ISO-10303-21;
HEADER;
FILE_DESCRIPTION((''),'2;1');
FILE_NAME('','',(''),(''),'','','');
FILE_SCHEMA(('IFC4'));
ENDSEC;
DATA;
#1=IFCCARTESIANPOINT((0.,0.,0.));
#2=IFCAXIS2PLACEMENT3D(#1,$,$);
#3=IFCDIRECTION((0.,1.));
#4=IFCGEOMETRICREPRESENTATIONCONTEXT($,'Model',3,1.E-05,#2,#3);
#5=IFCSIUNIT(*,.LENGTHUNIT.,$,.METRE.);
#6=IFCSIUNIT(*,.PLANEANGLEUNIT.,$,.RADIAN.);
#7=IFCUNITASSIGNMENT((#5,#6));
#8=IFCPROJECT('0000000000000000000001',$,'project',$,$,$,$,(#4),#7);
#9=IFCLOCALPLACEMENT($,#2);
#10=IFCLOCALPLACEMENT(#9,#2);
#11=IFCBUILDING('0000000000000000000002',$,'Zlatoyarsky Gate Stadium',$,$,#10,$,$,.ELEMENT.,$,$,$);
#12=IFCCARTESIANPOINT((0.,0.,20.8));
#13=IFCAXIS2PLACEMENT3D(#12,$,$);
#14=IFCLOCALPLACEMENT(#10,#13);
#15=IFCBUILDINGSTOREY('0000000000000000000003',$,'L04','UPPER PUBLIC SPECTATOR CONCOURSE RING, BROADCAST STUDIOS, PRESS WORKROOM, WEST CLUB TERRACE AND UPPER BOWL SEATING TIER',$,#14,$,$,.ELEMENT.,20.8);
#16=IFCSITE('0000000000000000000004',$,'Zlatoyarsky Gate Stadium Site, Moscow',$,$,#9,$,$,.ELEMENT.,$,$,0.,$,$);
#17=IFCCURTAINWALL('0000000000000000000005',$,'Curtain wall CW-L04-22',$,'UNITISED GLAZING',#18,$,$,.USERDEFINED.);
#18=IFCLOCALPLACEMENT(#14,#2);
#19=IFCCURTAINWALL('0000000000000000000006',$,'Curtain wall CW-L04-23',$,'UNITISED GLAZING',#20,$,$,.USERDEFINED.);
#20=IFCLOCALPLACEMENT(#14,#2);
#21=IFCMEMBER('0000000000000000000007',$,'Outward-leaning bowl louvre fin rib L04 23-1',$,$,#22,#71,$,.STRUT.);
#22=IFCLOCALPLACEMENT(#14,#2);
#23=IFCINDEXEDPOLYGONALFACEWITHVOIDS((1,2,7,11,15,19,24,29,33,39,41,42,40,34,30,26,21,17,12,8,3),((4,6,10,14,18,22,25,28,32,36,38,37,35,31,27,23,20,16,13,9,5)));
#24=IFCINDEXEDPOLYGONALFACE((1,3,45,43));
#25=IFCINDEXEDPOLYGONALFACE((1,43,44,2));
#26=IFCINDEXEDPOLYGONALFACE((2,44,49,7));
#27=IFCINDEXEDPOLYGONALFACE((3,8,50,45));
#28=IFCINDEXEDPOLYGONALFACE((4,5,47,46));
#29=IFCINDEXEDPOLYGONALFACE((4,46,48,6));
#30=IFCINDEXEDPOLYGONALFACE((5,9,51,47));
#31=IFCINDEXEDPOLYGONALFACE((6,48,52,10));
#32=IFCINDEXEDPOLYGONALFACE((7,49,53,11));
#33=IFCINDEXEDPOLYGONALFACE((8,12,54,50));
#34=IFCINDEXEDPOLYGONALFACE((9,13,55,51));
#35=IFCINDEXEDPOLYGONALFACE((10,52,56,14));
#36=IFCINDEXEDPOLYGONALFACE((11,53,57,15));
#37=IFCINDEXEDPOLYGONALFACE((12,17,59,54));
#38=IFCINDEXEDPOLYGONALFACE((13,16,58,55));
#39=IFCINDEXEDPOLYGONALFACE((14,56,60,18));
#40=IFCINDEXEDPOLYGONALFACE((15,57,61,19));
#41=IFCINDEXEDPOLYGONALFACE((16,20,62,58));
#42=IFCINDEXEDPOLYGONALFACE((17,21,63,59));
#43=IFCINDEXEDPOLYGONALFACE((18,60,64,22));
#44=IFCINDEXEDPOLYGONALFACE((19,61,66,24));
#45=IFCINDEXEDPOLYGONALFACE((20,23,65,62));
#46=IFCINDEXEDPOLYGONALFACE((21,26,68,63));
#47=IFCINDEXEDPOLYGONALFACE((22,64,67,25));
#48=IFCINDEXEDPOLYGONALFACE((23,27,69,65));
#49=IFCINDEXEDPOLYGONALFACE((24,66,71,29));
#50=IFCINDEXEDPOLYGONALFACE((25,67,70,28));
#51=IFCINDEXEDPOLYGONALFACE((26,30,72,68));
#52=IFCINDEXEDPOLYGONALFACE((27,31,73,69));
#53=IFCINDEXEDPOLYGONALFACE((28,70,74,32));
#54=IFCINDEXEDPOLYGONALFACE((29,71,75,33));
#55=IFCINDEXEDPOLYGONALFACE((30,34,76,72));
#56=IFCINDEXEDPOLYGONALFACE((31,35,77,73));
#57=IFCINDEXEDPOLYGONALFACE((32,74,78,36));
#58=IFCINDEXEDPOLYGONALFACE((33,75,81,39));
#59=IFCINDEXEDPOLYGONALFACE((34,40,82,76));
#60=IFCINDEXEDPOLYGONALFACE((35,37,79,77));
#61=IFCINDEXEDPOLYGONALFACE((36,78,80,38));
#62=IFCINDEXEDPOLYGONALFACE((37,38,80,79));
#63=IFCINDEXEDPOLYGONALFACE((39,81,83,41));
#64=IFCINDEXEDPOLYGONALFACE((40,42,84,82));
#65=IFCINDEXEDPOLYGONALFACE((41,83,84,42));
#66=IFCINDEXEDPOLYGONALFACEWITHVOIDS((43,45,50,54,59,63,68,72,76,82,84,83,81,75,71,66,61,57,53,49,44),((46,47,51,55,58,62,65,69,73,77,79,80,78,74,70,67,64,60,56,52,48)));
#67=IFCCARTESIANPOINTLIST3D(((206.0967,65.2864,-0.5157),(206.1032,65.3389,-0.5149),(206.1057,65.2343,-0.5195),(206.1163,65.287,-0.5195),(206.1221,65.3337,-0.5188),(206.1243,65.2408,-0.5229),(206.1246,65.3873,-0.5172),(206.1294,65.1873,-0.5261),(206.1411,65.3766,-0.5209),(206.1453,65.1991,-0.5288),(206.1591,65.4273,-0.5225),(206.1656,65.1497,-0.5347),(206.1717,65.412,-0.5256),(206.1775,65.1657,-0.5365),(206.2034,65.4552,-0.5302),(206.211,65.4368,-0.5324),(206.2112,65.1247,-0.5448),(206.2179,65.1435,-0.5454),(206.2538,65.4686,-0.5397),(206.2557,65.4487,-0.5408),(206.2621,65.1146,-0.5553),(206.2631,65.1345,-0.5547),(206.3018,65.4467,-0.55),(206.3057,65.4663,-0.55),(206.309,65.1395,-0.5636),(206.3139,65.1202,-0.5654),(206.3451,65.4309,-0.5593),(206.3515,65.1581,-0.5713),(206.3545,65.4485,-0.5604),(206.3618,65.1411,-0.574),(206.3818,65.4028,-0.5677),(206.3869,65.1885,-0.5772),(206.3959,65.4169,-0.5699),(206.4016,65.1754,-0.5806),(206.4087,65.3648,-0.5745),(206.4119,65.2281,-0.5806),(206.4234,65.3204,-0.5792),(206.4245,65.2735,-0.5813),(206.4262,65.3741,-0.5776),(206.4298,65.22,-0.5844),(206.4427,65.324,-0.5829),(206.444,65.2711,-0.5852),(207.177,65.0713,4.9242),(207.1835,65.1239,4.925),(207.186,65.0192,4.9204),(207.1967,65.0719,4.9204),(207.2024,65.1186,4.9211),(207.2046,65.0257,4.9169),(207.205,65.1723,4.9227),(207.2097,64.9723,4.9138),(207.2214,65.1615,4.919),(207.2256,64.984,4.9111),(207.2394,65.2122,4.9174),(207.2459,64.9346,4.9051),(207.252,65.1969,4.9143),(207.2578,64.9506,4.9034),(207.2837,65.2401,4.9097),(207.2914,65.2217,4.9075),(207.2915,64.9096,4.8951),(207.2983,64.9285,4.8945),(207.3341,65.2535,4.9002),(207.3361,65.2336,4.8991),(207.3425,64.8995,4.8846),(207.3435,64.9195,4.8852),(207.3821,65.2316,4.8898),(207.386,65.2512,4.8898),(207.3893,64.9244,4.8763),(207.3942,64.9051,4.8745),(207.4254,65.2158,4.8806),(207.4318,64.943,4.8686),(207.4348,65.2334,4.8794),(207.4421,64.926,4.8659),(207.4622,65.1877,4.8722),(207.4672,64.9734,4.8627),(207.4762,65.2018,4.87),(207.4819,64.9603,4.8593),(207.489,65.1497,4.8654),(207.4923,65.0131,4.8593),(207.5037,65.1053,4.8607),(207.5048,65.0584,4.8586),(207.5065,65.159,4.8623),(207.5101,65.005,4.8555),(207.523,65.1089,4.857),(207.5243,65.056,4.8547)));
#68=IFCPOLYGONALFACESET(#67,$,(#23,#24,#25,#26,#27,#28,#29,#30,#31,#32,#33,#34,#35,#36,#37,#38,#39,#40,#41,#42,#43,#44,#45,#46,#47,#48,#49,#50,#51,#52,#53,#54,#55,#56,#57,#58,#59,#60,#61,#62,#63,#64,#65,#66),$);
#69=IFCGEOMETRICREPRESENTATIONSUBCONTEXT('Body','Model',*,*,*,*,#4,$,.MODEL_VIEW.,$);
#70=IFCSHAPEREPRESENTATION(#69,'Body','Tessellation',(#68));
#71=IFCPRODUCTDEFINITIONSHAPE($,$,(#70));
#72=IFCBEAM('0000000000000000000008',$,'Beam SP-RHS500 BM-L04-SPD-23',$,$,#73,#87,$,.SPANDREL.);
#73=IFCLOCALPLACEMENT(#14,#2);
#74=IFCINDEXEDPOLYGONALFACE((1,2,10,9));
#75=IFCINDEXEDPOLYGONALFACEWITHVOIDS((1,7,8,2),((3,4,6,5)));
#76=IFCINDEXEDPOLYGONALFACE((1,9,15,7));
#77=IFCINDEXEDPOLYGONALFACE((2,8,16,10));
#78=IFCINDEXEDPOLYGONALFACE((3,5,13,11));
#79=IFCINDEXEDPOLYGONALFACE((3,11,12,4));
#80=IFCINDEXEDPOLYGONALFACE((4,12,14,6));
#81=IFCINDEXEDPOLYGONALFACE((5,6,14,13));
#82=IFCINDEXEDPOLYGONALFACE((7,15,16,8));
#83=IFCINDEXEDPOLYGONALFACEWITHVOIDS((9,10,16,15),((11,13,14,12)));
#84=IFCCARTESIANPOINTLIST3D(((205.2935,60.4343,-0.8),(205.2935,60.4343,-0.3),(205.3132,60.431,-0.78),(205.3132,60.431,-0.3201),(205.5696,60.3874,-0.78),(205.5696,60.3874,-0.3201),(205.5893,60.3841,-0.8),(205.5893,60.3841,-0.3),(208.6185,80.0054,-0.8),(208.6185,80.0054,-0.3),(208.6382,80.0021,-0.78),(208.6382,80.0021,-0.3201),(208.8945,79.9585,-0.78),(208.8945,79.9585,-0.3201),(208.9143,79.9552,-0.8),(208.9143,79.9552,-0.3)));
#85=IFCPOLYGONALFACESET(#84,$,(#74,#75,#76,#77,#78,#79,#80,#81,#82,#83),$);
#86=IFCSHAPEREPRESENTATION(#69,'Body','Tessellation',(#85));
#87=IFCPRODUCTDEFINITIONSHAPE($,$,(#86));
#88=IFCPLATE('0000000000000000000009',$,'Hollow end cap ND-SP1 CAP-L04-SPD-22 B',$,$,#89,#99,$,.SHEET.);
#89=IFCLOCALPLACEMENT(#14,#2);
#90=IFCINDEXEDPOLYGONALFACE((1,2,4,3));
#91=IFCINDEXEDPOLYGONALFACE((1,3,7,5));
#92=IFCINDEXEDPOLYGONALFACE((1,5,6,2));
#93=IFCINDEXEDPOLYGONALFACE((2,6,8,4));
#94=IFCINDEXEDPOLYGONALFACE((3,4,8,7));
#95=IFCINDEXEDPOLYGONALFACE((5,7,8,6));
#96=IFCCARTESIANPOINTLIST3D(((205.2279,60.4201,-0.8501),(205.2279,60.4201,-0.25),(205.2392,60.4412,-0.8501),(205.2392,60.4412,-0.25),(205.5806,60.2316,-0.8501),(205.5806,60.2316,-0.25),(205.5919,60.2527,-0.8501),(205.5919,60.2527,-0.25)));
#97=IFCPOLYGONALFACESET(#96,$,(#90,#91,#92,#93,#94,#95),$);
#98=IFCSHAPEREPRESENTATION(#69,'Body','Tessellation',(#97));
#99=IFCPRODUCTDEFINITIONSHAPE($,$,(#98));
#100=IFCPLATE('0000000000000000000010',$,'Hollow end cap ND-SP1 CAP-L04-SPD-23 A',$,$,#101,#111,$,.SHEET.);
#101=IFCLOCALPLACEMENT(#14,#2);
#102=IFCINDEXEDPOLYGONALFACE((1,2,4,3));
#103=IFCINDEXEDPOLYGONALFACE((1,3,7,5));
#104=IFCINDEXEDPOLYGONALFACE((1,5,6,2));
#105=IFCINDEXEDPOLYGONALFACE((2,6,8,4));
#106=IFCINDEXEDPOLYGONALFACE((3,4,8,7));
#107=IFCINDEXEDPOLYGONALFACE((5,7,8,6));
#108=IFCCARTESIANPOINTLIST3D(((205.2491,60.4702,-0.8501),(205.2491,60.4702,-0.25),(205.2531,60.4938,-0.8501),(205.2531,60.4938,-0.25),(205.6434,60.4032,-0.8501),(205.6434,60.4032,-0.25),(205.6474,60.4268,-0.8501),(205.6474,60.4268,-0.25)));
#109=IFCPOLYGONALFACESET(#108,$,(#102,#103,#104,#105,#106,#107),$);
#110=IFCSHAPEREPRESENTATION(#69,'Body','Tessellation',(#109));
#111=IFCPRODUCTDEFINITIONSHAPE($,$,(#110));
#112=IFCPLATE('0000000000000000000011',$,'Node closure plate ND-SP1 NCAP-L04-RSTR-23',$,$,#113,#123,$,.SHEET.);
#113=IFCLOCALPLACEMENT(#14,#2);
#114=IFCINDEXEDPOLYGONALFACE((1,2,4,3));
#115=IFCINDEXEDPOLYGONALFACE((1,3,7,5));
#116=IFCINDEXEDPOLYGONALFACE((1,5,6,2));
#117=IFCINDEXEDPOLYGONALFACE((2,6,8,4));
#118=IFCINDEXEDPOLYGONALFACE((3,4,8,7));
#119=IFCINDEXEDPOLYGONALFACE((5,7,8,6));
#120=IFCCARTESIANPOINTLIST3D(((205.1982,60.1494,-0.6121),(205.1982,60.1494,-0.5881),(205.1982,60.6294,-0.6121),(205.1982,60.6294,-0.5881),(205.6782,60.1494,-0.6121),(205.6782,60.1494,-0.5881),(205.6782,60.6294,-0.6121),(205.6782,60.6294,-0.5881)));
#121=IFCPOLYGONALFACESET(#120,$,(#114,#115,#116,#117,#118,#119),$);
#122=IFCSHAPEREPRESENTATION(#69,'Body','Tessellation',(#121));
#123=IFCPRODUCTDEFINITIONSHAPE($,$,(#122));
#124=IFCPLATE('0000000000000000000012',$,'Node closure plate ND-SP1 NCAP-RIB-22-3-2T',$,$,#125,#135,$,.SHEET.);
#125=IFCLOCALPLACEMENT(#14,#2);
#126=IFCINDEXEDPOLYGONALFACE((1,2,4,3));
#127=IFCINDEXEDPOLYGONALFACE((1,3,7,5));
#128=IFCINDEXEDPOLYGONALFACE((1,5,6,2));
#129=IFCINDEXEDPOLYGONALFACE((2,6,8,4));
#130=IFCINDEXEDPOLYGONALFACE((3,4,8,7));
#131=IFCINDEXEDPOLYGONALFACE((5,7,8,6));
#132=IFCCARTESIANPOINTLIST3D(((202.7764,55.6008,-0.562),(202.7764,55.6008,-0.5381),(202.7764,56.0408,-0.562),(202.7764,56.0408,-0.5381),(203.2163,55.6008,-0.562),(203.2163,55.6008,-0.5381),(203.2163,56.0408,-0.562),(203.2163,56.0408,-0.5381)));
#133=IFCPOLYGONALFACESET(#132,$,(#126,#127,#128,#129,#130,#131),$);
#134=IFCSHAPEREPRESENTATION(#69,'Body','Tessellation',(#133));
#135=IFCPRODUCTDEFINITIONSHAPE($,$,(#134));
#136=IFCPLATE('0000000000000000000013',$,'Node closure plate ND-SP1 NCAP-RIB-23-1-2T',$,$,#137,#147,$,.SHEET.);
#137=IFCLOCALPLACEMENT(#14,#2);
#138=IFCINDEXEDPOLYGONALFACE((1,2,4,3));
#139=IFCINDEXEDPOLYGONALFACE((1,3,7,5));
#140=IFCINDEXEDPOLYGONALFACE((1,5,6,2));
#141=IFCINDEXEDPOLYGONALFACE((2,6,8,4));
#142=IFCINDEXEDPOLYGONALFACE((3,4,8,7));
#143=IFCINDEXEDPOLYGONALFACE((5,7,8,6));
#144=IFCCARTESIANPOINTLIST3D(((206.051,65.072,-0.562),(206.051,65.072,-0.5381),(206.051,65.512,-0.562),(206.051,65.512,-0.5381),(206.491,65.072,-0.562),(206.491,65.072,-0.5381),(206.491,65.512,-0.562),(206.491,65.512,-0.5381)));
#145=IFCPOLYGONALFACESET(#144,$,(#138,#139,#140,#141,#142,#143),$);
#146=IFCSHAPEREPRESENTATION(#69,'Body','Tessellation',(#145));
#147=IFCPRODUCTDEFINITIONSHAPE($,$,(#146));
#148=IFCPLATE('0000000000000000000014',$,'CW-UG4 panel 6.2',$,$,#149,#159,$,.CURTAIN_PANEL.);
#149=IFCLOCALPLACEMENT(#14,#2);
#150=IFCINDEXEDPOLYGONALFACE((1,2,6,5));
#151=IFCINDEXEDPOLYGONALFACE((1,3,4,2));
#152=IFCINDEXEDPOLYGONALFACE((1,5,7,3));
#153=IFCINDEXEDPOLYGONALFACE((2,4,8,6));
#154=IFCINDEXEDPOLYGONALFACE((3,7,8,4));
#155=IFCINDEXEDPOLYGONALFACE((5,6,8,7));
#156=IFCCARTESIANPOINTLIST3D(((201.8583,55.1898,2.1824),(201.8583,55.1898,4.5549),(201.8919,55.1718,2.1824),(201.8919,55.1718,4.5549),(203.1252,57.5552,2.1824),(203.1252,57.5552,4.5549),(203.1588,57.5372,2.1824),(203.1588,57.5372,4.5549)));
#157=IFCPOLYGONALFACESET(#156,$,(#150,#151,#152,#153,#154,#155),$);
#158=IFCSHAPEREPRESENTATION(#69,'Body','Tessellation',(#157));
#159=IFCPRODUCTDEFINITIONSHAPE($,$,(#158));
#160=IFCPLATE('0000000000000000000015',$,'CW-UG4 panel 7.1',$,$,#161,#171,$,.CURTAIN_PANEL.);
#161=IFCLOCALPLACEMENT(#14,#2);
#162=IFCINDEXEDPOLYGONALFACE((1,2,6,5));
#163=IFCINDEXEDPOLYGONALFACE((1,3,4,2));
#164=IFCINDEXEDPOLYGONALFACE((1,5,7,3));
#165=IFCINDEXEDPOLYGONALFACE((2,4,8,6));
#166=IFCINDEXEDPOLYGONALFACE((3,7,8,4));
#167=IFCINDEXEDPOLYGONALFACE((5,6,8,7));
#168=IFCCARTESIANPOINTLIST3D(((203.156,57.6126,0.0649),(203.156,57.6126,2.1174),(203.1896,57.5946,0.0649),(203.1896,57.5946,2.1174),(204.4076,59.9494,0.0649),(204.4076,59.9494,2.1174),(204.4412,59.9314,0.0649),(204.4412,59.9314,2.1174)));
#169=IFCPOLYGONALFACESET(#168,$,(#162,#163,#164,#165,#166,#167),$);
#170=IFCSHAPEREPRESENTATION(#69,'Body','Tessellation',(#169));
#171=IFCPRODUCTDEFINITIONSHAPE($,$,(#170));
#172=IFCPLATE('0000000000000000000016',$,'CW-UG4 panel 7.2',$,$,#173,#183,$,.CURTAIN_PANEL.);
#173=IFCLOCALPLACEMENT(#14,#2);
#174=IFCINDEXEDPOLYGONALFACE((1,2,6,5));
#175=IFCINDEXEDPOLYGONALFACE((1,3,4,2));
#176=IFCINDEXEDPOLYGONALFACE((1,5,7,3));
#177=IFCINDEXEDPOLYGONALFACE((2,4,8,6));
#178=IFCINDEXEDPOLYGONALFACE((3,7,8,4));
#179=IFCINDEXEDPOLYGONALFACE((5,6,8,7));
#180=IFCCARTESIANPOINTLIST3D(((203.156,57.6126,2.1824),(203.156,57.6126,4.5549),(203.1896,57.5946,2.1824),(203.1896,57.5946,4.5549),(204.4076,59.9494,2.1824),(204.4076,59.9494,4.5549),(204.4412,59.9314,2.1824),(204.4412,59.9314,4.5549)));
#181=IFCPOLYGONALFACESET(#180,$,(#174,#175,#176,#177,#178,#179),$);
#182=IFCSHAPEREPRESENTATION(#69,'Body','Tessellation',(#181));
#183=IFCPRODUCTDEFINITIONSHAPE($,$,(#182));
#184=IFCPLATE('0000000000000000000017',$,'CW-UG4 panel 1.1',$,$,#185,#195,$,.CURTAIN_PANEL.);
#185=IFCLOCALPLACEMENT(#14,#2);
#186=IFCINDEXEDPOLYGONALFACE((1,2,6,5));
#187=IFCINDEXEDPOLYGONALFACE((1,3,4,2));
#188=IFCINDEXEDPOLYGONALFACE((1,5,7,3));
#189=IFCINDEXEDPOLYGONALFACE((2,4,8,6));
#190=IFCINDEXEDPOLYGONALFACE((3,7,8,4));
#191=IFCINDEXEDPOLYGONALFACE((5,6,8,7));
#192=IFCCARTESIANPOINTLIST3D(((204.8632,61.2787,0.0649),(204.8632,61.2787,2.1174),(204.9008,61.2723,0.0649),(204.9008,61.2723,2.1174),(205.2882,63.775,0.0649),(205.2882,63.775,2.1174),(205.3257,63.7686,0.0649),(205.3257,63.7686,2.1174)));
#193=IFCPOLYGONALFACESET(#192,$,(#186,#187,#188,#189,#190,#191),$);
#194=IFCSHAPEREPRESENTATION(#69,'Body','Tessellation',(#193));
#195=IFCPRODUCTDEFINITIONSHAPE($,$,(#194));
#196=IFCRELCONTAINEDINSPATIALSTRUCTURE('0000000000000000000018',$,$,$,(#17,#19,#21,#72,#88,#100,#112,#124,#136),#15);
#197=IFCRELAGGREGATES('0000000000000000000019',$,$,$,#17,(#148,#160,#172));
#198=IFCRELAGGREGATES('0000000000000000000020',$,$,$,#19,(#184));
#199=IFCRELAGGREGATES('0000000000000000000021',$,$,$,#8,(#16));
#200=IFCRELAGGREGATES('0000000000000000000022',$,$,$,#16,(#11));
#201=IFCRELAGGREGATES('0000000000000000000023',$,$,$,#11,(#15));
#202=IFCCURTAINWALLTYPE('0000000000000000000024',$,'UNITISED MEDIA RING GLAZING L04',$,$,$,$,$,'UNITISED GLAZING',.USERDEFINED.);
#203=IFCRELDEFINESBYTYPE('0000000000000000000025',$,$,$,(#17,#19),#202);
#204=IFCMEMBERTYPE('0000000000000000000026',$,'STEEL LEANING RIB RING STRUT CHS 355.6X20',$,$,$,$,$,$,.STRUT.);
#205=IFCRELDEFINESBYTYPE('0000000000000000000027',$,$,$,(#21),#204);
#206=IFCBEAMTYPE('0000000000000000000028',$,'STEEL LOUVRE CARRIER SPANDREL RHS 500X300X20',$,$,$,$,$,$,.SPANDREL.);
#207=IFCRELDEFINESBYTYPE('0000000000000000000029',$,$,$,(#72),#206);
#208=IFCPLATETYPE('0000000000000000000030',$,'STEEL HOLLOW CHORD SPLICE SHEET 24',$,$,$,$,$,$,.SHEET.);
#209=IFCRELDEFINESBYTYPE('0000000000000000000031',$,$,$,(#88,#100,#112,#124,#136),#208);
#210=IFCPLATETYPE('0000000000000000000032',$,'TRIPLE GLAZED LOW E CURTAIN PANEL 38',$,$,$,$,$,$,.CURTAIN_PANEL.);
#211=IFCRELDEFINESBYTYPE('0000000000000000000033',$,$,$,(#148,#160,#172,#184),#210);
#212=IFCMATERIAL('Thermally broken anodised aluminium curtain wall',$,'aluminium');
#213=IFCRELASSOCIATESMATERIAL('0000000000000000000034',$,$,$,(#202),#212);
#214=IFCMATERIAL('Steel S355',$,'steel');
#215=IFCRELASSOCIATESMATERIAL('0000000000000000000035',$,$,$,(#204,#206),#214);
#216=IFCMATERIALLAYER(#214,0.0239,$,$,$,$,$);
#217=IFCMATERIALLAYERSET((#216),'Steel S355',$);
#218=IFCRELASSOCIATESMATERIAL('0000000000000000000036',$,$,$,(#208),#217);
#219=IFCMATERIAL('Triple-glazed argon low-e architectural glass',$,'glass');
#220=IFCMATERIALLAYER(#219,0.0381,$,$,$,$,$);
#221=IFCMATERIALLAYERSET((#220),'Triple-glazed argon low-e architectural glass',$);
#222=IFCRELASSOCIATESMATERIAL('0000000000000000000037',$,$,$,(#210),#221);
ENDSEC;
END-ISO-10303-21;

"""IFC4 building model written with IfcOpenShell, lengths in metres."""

from ifc_helpers import new_model, si_unit, direction, frame, origin, origin_2d, place, context, subcontext, project, spatial, rectangle, hollow_rectangle, hollow_circle, extrude, material, layer, layer_set, material_profile, profile_set, type_object, element, aggregate, save


model = new_model("IFC4")

# Units and contexts
model_context = context("Model", 3, precision=1e-05, world=origin(), true_north=direction((0.0, 1.0)))
body_context = subcontext(model_context, "Body", "Model", "MODEL_VIEW")
ifc_project = project(units=[si_unit("LENGTHUNIT", "METRE"), si_unit("PLANEANGLEUNIT", "RADIAN")], contexts=[model_context])

# Site, building, storey
site_placement = place(None, origin())
site = spatial("IfcSite", under=ifc_project, at=site_placement, Name="Zlatoyarsky Gate Stadium Site, Moscow", CompositionType="ELEMENT", RefElevation=0.0)
building_placement = place(site_placement, origin())
building = spatial("IfcBuilding", under=site, at=building_placement, Name="Zlatoyarsky Gate Stadium", CompositionType="ELEMENT")
storey_placement = place(building_placement, frame((0.0, 0.0, 20.8)))
storey = spatial("IfcBuildingStorey", under=building, at=storey_placement, Name="L04", Description="UPPER PUBLIC SPECTATOR CONCOURSE RING, BROADCAST STUDIOS, PRESS WORKROOM, WEST CLUB TERRACE AND UPPER BOWL SEATING TIER", CompositionType="ELEMENT", Elevation=20.8)

# Curtain walls
ifc_material_1 = material(Name="Thermally broken anodised aluminium curtain wall", Category="aluminium")
curtain_wall_type = type_object("IfcCurtainWallType", Name="UNITISED MEDIA RING GLAZING L04", ElementType="UNITISED GLAZING", PredefinedType="USERDEFINED", material=ifc_material_1)
curtain_wall_1_placement = place(storey_placement, origin())
curtain_wall_1 = element("IfcCurtainWall", 1, at=curtain_wall_1_placement, inside=storey, type_object=curtain_wall_type, Name="Curtain wall CW-L04-22", ObjectType="UNITISED GLAZING", PredefinedType="USERDEFINED")
curtain_wall_2_placement = place(storey_placement, origin())
curtain_wall_2 = element("IfcCurtainWall", 2, at=curtain_wall_2_placement, inside=storey, type_object=curtain_wall_type, Name="Curtain wall CW-L04-23", ObjectType="UNITISED GLAZING", PredefinedType="USERDEFINED")

# Shared definitions
ifc_material_2 = material(Name="Steel S355", Category="steel")

# Member
ifc_material_profile_1 = material_profile(ifc_material_2, hollow_circle(Radius=0.1777, WallThickness=0.02, at=origin_2d()), Name="CHS 355.6X20")
ifc_profile_set_1 = profile_set([ifc_material_profile_1], Name="Steel S355")
member_type_1 = type_object("IfcMemberType", Name="STEEL LEANING RIB RING STRUT CHS 355.6X20", PredefinedType="STRUT", material=ifc_profile_set_1)
for number, where, z_axis, x_axis, name in (
    (3, (206.271, 65.292, -0.55), (0.194641, -0.038752, 0.980109), (0.195264, 0.980751, 0.0), "Outward-leaning bowl louvre fin rib L04 23-1"),
):
    element("IfcMember", number, at=place(storey_placement, frame(where, z_axis=z_axis, x_axis=x_axis)), inside=storey, type_object=member_type_1, Name=name, PredefinedType="STRUT", context=body_context, shape_type="SweptSolid", body=[
        extrude(hollow_circle(Radius=0.1777, WallThickness=0.02, at=origin_2d()), origin(), (0.0, 0.0, 1.0), 5.5503),
    ])

# Beam
ifc_material_profile_2 = material_profile(ifc_material_2, hollow_rectangle(XDim=0.3, YDim=0.5, WallThickness=0.02, at=origin_2d()), Name="RHS 500X300X20")
ifc_profile_set_2 = profile_set([ifc_material_profile_2], Name="Steel S355")
beam_type_1 = type_object("IfcBeamType", Name="STEEL LOUVRE CARRIER SPANDREL RHS 500X300X20", PredefinedType="SPANDREL", material=ifc_profile_set_2)
beam_1_placement = place(storey_placement, frame((205.4414, 60.4092, -0.55), z_axis=(0.167491, 0.985874, 0.0), x_axis=(-0.985874, 0.167491, 0.0)))
element("IfcBeam", 4, at=beam_1_placement, inside=storey, type_object=beam_type_1, Name="Beam SP-RHS500 BM-L04-SPD-23", PredefinedType="SPANDREL", context=body_context, shape_type="SweptSolid", body=[
    extrude(hollow_rectangle(XDim=0.3, YDim=0.5, WallThickness=0.02, at=origin_2d()), origin(), (0.0, 0.0, 1.0), 19.8516),
])

# Plates
ifc_layer_1 = layer(ifc_material_2, 0.0239)
ifc_layer_set_1 = layer_set([ifc_layer_1], Name="Steel S355")
plate_type_1 = type_object("IfcPlateType", Name="STEEL HOLLOW CHORD SPLICE SHEET 24", PredefinedType="SHEET", material=ifc_layer_set_1)
for number, where, z_axis, x_axis, name in (
    (5, (205.4099, 60.3364, -0.8501), (0.0, 0.0, 1.0), (0.471376, 0.881933, 0.0), "Hollow end cap ND-SP1 CAP-L04-SPD-22 B"),
    (6, (205.4482, 60.4485, -0.8501), (0.0, 0.0, 1.0), (0.167478, 0.985876, 0.0), "Hollow end cap ND-SP1 CAP-L04-SPD-23 A"),
):
    element("IfcPlate", number, at=place(storey_placement, frame(where, z_axis=z_axis, x_axis=x_axis)), inside=storey, type_object=plate_type_1, Name=name, PredefinedType="SHEET", context=body_context, shape_type="SweptSolid", body=[
        extrude(rectangle(XDim=0.0239, YDim=0.3999, at=origin_2d()), origin(), (0.0, 0.0, 1.0), 0.6001),
    ])
plate_1_placement = place(storey_placement, frame((205.4382, 60.3894, -0.6121), z_axis=(0.0, 0.0, 1.0), x_axis=(1.0, 0.0, 0.0)))
element("IfcPlate", 7, at=plate_1_placement, inside=storey, type_object=plate_type_1, Name="Node closure plate ND-SP1 NCAP-L04-RSTR-23", PredefinedType="SHEET", context=body_context, shape_type="SweptSolid", body=[
    extrude(rectangle(XDim=0.48, YDim=0.48, at=origin_2d()), origin(), (0.0, 0.0, 1.0), 0.0239),
])
for number, where, z_axis, x_axis, name in (
    (8, (202.9963, 55.8208, -0.562), (0.0, 0.0, 1.0), (1.0, 0.0, 0.0), "Node closure plate ND-SP1 NCAP-RIB-22-3-2T"),
    (9, (206.271, 65.292, -0.562), (0.0, 0.0, 1.0), (1.0, 0.0, 0.0), "Node closure plate ND-SP1 NCAP-RIB-23-1-2T"),
):
    element("IfcPlate", number, at=place(storey_placement, frame(where, z_axis=z_axis, x_axis=x_axis)), inside=storey, type_object=plate_type_1, Name=name, PredefinedType="SHEET", context=body_context, shape_type="SweptSolid", body=[
        extrude(rectangle(XDim=0.4399, YDim=0.4399, at=origin_2d()), origin(), (0.0, 0.0, 1.0), 0.0239),
    ])

# Plates
ifc_material_3 = material(Name="Triple-glazed argon low-e architectural glass", Category="glass")
ifc_layer_2 = layer(ifc_material_3, 0.0381)
ifc_layer_set_2 = layer_set([ifc_layer_2], Name="Triple-glazed argon low-e architectural glass")
plate_type_2 = type_object("IfcPlateType", Name="TRIPLE GLAZED LOW E CURTAIN PANEL 38", PredefinedType="CURTAIN_PANEL", material=ifc_layer_set_2)
plate_2_placement = place(storey_placement, frame((202.5085, 56.3635, 2.1824), z_axis=(0.0, 0.0, 1.0), x_axis=(0.472145, 0.881521, 0.0)))
plate_2 = element("IfcPlate", 10, at=plate_2_placement, type_object=plate_type_2, Name="CW-UG4 panel 6.2", PredefinedType="CURTAIN_PANEL", context=body_context, shape_type="SweptSolid", body=[
    extrude(rectangle(XDim=2.6833, YDim=0.0381, at=origin_2d()), origin(), (0.0, 0.0, 1.0), 2.3726),
])
plate_3_placement = place(storey_placement, frame((203.7986, 58.772, 0.0649), z_axis=(0.0, 0.0, 1.0), x_axis=(0.472145, 0.881521, 0.0)))
plate_3 = element("IfcPlate", 11, at=plate_3_placement, type_object=plate_type_2, Name="CW-UG4 panel 7.1", PredefinedType="CURTAIN_PANEL", context=body_context, shape_type="SweptSolid", body=[
    extrude(rectangle(XDim=2.6509, YDim=0.0381, at=origin_2d()), origin(), (0.0, 0.0, 1.0), 2.0525),
])
plate_4_placement = place(storey_placement, frame((203.7986, 58.772, 2.1824), z_axis=(0.0, 0.0, 1.0), x_axis=(0.472145, 0.881521, 0.0)))
plate_4 = element("IfcPlate", 12, at=plate_4_placement, type_object=plate_type_2, Name="CW-UG4 panel 7.2", PredefinedType="CURTAIN_PANEL", context=body_context, shape_type="SweptSolid", body=[
    extrude(rectangle(XDim=2.6509, YDim=0.0381, at=origin_2d()), origin(), (0.0, 0.0, 1.0), 2.3726),
])
aggregate(curtain_wall_1, [plate_2, plate_3, plate_4])
plate_5_placement = place(storey_placement, frame((205.0945, 62.5237, 0.0649), z_axis=(0.0, 0.0, 1.0), x_axis=(0.167821, 0.985817, 0.0)))
plate_5 = element("IfcPlate", 13, at=plate_5_placement, type_object=plate_type_2, Name="CW-UG4 panel 1.1", PredefinedType="CURTAIN_PANEL", context=body_context, shape_type="SweptSolid", body=[
    extrude(rectangle(XDim=2.5322, YDim=0.0381, at=origin_2d()), origin(), (0.0, 0.0, 1.0), 2.0525),
])
aggregate(curtain_wall_2, [plate_5])

save(model, "model.ifc")
